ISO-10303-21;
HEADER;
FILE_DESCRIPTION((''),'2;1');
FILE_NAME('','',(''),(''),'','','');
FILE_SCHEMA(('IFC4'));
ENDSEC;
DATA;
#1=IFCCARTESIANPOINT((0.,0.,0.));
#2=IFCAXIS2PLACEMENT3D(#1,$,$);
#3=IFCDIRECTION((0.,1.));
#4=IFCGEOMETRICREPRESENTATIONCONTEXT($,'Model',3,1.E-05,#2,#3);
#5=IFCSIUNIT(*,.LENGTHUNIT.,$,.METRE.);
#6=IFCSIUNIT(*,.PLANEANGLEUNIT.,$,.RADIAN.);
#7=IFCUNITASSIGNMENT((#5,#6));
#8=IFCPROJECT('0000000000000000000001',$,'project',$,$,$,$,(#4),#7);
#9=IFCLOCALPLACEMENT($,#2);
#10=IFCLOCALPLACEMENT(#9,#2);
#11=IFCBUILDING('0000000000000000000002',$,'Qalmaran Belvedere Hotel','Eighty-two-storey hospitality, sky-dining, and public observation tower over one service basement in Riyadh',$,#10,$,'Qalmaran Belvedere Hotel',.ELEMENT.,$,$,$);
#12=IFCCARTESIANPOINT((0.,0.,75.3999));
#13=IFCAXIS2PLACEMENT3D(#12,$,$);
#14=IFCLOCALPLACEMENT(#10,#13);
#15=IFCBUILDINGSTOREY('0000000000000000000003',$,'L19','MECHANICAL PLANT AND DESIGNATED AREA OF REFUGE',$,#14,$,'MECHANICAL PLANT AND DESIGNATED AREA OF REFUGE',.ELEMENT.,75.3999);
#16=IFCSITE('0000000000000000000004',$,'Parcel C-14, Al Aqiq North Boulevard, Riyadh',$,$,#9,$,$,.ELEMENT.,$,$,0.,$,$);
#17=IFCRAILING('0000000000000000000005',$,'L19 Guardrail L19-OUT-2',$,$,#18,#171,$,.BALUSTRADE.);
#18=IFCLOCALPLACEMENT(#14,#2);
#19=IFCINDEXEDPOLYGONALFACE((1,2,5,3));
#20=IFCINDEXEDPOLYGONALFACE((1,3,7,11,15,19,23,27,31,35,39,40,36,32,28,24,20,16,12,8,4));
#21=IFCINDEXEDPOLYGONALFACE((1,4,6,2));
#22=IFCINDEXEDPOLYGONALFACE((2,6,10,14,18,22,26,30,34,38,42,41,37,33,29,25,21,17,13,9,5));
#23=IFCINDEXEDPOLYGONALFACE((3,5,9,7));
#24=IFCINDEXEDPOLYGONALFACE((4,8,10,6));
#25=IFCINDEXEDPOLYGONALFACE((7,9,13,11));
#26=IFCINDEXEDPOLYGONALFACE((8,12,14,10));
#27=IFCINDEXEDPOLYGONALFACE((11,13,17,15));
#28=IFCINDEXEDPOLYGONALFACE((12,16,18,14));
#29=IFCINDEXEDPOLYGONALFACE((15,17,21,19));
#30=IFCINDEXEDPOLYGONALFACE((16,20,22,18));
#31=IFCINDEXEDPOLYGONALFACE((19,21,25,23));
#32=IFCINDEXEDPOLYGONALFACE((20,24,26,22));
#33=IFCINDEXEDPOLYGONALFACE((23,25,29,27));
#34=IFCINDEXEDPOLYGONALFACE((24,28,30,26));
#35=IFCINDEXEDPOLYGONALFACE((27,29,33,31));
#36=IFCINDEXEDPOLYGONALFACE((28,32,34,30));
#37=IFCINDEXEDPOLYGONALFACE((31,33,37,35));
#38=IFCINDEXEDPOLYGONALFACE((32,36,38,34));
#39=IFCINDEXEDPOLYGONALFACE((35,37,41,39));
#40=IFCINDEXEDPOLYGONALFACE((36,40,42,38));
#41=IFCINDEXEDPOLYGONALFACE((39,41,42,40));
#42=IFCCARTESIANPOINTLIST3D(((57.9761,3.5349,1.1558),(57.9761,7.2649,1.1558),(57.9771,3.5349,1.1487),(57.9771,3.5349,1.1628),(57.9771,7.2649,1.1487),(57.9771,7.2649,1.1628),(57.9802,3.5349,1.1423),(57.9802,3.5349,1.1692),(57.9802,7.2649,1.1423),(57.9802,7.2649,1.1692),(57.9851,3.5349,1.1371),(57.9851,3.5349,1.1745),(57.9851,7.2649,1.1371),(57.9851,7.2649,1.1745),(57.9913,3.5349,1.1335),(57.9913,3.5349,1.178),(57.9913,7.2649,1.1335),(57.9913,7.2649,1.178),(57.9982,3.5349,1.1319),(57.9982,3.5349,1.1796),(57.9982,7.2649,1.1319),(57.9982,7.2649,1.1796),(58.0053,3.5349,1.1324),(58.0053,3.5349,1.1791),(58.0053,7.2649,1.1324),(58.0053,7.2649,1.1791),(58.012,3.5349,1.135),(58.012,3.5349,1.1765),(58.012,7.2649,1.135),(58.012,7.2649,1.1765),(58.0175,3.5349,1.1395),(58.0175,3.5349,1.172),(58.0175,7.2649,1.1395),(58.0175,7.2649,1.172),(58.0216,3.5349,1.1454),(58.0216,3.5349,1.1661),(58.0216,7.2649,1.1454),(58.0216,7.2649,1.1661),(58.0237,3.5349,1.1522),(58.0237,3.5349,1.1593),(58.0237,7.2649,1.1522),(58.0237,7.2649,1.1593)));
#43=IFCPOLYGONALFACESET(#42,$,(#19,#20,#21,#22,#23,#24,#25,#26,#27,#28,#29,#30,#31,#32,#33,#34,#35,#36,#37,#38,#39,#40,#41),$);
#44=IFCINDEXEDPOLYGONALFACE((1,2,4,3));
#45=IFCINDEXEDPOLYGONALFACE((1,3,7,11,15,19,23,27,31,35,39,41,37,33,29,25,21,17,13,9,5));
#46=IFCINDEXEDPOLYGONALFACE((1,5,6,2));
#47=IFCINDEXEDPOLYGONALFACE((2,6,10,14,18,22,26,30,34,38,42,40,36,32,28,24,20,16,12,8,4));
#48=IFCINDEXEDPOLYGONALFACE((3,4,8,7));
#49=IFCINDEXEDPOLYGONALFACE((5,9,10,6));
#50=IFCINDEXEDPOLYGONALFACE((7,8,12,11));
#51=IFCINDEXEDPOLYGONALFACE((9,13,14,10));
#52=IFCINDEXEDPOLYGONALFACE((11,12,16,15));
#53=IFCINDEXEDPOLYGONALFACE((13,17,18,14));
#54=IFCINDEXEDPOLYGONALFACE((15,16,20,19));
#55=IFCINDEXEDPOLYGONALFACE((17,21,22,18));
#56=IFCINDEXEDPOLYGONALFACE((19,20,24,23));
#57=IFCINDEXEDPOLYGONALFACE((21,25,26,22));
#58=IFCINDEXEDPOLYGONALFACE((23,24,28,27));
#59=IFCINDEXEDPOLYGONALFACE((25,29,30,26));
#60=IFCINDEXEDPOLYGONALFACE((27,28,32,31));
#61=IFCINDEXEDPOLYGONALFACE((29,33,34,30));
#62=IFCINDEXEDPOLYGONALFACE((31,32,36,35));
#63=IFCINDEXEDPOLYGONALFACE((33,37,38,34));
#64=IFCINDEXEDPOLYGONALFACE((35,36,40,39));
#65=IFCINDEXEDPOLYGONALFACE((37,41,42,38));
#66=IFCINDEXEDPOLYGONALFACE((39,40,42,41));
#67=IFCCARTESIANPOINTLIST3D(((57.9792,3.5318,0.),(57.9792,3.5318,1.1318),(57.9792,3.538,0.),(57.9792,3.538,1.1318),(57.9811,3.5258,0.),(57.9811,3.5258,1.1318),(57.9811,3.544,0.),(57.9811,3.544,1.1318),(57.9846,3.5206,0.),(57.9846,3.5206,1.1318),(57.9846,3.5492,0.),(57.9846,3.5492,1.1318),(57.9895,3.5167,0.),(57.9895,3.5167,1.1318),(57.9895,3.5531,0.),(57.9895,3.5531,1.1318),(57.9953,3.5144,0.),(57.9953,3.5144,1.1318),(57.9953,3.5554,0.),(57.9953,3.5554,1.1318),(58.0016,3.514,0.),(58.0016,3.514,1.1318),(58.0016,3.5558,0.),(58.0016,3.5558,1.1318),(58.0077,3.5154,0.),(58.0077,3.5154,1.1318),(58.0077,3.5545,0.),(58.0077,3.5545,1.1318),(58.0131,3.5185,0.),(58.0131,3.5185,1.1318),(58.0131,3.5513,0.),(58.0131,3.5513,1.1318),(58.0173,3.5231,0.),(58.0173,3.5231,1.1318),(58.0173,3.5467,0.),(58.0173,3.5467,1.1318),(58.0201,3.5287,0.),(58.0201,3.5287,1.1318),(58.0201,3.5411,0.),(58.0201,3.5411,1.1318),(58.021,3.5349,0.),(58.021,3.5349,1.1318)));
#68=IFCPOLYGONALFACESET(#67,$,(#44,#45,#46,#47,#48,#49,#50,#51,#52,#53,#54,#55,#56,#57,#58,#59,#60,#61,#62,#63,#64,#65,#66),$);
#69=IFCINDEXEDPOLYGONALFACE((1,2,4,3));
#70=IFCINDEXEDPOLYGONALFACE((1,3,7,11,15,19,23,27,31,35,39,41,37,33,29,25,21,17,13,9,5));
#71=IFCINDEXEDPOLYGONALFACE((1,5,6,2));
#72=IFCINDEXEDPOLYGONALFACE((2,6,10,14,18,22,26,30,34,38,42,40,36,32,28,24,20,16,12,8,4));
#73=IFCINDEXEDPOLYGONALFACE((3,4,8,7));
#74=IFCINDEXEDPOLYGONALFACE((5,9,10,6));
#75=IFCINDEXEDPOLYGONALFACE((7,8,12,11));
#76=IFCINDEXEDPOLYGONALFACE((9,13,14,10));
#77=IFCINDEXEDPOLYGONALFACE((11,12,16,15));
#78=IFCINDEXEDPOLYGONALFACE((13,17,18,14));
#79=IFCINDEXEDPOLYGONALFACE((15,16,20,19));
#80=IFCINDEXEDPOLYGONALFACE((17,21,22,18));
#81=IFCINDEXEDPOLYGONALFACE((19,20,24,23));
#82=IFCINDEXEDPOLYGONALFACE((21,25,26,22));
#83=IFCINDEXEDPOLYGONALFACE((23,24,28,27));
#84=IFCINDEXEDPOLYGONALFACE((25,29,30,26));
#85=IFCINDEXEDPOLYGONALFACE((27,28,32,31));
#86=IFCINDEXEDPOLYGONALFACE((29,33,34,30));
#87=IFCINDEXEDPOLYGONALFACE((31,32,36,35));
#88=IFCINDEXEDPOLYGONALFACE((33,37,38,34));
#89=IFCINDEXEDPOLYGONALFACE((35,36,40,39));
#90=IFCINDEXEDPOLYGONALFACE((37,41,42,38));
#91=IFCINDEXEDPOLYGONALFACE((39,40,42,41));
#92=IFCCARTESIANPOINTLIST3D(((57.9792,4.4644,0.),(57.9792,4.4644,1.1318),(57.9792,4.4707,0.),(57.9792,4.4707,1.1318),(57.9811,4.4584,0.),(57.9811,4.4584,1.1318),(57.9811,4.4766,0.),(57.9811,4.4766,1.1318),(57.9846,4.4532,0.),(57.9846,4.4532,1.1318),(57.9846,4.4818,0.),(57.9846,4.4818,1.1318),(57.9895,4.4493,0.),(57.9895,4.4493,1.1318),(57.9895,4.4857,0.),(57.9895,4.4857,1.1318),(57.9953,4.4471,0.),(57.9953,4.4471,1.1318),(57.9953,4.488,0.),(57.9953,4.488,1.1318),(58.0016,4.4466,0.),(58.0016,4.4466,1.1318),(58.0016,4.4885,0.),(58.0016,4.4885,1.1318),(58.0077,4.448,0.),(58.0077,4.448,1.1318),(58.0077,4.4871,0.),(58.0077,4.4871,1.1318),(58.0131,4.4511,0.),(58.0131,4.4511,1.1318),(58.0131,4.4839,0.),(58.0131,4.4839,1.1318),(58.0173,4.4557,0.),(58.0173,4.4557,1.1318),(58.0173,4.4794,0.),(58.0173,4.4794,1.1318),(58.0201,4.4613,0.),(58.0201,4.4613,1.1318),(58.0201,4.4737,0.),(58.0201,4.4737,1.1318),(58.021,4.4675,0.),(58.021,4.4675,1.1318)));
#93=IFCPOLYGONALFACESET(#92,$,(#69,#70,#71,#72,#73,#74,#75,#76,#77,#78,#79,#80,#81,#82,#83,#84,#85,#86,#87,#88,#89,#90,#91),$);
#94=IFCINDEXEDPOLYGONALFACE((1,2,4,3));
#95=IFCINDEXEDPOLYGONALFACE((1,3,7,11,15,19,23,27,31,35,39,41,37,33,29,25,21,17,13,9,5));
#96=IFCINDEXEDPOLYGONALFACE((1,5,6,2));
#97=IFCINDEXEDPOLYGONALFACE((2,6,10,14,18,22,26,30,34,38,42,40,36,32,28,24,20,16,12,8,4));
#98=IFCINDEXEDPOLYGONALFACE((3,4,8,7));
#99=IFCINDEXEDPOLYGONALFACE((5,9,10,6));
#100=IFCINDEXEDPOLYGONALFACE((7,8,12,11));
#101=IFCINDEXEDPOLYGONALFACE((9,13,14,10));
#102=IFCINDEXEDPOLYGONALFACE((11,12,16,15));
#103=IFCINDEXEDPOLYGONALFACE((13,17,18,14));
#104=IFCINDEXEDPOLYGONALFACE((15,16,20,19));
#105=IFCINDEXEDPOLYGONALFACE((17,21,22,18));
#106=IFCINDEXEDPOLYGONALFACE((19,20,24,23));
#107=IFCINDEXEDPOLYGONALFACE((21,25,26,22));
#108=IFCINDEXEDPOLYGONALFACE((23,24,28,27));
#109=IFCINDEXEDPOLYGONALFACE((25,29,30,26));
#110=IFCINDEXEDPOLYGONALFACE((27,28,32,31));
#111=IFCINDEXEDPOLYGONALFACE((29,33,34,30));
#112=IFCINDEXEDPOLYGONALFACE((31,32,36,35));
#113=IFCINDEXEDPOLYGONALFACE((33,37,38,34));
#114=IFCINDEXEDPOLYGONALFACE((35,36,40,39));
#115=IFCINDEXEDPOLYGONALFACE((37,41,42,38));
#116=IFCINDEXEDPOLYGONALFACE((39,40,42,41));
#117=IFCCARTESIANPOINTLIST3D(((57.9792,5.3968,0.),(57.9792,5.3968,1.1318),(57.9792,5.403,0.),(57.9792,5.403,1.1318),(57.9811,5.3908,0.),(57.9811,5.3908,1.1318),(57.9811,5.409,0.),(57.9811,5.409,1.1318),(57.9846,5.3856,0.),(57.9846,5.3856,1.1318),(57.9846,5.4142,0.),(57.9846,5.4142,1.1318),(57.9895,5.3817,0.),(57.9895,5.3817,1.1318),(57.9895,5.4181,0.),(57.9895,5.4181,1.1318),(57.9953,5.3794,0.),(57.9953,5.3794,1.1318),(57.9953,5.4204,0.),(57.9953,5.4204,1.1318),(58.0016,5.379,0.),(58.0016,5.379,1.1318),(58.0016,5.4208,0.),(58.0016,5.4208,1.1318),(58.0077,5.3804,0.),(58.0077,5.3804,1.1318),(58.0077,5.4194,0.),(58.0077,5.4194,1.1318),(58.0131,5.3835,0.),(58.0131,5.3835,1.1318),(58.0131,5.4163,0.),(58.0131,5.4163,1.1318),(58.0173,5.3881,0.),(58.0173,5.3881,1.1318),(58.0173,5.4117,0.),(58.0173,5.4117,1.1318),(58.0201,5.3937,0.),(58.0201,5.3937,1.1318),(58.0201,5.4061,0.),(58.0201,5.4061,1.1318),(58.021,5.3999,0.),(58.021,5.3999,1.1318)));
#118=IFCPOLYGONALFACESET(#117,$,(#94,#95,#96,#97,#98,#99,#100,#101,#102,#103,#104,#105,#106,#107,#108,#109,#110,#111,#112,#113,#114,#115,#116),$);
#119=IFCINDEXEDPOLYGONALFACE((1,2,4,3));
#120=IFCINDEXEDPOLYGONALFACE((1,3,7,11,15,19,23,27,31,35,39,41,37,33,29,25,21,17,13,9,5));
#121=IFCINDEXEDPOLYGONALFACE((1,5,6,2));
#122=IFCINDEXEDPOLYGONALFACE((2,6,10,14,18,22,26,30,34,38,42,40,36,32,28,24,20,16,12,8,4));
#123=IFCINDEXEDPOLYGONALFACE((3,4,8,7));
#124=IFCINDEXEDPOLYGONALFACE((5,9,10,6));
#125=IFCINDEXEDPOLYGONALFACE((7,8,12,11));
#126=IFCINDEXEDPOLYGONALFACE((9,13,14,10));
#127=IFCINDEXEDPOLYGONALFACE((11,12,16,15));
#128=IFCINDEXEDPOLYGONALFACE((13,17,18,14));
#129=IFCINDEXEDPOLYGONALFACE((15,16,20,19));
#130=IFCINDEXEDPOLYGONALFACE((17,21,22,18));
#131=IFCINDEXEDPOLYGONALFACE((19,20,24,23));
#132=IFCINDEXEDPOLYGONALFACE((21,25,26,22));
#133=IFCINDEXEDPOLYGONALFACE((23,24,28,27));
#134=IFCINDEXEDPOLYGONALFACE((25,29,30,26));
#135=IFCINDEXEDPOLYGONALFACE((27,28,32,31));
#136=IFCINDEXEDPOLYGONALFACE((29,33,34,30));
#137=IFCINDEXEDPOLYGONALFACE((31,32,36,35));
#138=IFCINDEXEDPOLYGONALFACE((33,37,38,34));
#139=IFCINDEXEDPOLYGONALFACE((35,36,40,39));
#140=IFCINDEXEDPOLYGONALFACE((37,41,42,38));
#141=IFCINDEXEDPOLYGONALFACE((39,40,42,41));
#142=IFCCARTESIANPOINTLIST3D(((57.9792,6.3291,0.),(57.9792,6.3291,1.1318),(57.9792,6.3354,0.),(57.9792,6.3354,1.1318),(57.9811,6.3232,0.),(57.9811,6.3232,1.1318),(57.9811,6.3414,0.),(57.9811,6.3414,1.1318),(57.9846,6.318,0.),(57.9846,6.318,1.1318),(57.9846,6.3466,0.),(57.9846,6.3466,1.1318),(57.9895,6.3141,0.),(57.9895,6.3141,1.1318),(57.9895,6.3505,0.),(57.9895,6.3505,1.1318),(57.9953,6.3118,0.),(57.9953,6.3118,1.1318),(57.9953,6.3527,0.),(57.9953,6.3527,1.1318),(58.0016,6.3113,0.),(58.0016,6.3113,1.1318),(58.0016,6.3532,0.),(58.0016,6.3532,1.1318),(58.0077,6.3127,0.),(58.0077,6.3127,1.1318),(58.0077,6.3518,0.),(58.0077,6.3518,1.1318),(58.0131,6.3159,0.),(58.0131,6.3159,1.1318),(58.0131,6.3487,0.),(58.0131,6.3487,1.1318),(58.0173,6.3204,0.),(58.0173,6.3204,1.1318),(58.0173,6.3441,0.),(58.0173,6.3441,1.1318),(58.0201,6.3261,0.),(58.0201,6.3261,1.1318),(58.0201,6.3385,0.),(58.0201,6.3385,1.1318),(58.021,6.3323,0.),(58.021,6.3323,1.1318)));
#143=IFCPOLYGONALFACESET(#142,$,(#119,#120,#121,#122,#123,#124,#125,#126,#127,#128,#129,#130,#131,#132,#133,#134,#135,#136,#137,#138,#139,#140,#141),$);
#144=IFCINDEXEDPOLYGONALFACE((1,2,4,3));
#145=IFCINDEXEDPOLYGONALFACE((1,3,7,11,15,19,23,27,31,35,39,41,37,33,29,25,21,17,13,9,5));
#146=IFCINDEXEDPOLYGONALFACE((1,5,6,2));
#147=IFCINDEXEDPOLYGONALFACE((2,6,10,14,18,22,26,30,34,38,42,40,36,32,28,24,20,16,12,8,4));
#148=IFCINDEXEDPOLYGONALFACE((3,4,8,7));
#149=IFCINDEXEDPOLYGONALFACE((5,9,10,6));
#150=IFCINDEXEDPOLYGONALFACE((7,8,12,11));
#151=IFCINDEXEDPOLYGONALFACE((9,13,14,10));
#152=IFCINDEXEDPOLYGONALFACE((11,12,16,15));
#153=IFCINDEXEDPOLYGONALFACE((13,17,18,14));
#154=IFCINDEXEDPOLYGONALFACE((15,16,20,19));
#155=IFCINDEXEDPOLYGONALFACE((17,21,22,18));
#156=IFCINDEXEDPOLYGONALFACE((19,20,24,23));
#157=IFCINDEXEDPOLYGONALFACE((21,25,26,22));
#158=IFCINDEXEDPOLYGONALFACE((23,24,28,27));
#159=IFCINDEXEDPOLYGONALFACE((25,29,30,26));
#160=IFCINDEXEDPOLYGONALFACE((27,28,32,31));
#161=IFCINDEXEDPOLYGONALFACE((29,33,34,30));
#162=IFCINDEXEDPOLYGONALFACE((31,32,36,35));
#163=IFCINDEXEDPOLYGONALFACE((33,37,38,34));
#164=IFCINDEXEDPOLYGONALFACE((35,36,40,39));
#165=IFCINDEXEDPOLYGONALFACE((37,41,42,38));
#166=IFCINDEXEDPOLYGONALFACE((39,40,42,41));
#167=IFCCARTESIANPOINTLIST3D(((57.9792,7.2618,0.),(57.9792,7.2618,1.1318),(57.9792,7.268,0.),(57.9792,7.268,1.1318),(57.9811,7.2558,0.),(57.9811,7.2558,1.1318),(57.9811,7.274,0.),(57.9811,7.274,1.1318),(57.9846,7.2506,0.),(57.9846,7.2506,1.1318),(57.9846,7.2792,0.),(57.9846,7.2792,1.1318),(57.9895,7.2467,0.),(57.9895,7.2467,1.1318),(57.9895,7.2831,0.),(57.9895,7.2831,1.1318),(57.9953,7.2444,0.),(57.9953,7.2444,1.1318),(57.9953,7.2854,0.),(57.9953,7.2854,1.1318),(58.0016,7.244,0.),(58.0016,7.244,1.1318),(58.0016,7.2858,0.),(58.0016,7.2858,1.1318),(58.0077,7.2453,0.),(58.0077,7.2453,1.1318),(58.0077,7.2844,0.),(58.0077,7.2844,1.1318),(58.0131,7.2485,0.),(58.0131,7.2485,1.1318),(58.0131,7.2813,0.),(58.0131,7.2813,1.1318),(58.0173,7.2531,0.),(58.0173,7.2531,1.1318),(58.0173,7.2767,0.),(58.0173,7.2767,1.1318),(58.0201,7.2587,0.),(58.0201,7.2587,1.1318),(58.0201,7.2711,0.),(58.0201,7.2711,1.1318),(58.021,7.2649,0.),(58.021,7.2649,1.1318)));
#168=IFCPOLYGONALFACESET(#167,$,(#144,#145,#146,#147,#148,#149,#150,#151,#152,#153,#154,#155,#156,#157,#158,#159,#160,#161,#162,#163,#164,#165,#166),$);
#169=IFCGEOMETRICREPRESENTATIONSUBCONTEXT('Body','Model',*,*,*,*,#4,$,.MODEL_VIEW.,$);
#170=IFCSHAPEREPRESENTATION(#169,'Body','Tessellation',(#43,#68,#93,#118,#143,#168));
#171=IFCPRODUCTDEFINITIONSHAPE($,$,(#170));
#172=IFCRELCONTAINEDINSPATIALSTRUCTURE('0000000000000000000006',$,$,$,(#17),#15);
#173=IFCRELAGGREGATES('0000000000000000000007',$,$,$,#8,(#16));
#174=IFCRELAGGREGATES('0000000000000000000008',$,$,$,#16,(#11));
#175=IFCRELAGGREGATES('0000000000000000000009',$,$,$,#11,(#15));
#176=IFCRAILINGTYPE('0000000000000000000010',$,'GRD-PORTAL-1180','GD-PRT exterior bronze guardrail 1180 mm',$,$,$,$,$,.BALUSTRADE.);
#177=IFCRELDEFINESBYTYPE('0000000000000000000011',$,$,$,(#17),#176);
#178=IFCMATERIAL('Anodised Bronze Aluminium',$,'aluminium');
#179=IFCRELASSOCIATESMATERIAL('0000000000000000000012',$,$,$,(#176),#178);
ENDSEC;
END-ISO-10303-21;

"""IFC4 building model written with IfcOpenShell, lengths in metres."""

from ifc_helpers import new_model, si_unit, direction, frame, origin, origin_2d, place, context, subcontext, project, spatial, circle, extrude, material, type_object, element, save


model = new_model("IFC4")

# Units and contexts
model_context = context("Model", 3, precision=1e-05, world=origin(), true_north=direction((0.0, 1.0)))
body_context = subcontext(model_context, "Body", "Model", "MODEL_VIEW")
ifc_project = project(units=[si_unit("LENGTHUNIT", "METRE"), si_unit("PLANEANGLEUNIT", "RADIAN")], contexts=[model_context])

# Site, building, storey
site_placement = place(None, origin())
site = spatial("IfcSite", under=ifc_project, at=site_placement, Name="Parcel C-14, Al Aqiq North Boulevard, Riyadh", CompositionType="ELEMENT", RefElevation=0.0)
building_placement = place(site_placement, origin())
building = spatial("IfcBuilding", under=site, at=building_placement, Name="Qalmaran Belvedere Hotel", Description="Eighty-two-storey hospitality, sky-dining, and public observation tower over one service basement in Riyadh", LongName="Qalmaran Belvedere Hotel", CompositionType="ELEMENT")
storey_placement = place(building_placement, frame((0.0, 0.0, 75.3999)))
storey = spatial("IfcBuildingStorey", under=building, at=storey_placement, Name="L19", Description="MECHANICAL PLANT AND DESIGNATED AREA OF REFUGE", LongName="MECHANICAL PLANT AND DESIGNATED AREA OF REFUGE", CompositionType="ELEMENT", Elevation=75.3999)

# Railing
ifc_material_1 = material(Name="Anodised Bronze Aluminium", Category="aluminium")
railing_type_1 = type_object("IfcRailingType", Name="GRD-PORTAL-1180", Description="GD-PRT exterior bronze guardrail 1180 mm", PredefinedType="BALUSTRADE", material=ifc_material_1)
railing_1_placement = place(storey_placement, frame((58.0, 3.5349, 0.0)))
element("IfcRailing", 1, at=railing_1_placement, inside=storey, type_object=railing_type_1, Name="L19 Guardrail L19-OUT-2", PredefinedType="BALUSTRADE", context=body_context, shape_type="SweptSolid", body=[
    extrude(circle(Radius=0.0239, at=origin_2d()), frame((0.0, 0.0, 1.1558), z_axis=(0.0, 1.0, 0.0), x_axis=(-1.0, 0.0, 0.0)), (0.0, 0.0, 1.0), 3.73),
    extrude(circle(Radius=0.021, at=origin_2d()), origin(), (0.0, 0.0, 1.0), 1.1318),
    extrude(circle(Radius=0.021, at=origin_2d()), frame((0.0, 0.9326, 0.0)), (0.0, 0.0, 1.0), 1.1318),
    extrude(circle(Radius=0.021, at=origin_2d()), frame((0.0, 1.865, 0.0)), (0.0, 0.0, 1.0), 1.1318),
    extrude(circle(Radius=0.021, at=origin_2d()), frame((0.0, 2.7974, 0.0)), (0.0, 0.0, 1.0), 1.1318),
    extrude(circle(Radius=0.021, at=origin_2d()), frame((0.0, 3.73, 0.0)), (0.0, 0.0, 1.0), 1.1318),
])

save(model, "model.ifc")
